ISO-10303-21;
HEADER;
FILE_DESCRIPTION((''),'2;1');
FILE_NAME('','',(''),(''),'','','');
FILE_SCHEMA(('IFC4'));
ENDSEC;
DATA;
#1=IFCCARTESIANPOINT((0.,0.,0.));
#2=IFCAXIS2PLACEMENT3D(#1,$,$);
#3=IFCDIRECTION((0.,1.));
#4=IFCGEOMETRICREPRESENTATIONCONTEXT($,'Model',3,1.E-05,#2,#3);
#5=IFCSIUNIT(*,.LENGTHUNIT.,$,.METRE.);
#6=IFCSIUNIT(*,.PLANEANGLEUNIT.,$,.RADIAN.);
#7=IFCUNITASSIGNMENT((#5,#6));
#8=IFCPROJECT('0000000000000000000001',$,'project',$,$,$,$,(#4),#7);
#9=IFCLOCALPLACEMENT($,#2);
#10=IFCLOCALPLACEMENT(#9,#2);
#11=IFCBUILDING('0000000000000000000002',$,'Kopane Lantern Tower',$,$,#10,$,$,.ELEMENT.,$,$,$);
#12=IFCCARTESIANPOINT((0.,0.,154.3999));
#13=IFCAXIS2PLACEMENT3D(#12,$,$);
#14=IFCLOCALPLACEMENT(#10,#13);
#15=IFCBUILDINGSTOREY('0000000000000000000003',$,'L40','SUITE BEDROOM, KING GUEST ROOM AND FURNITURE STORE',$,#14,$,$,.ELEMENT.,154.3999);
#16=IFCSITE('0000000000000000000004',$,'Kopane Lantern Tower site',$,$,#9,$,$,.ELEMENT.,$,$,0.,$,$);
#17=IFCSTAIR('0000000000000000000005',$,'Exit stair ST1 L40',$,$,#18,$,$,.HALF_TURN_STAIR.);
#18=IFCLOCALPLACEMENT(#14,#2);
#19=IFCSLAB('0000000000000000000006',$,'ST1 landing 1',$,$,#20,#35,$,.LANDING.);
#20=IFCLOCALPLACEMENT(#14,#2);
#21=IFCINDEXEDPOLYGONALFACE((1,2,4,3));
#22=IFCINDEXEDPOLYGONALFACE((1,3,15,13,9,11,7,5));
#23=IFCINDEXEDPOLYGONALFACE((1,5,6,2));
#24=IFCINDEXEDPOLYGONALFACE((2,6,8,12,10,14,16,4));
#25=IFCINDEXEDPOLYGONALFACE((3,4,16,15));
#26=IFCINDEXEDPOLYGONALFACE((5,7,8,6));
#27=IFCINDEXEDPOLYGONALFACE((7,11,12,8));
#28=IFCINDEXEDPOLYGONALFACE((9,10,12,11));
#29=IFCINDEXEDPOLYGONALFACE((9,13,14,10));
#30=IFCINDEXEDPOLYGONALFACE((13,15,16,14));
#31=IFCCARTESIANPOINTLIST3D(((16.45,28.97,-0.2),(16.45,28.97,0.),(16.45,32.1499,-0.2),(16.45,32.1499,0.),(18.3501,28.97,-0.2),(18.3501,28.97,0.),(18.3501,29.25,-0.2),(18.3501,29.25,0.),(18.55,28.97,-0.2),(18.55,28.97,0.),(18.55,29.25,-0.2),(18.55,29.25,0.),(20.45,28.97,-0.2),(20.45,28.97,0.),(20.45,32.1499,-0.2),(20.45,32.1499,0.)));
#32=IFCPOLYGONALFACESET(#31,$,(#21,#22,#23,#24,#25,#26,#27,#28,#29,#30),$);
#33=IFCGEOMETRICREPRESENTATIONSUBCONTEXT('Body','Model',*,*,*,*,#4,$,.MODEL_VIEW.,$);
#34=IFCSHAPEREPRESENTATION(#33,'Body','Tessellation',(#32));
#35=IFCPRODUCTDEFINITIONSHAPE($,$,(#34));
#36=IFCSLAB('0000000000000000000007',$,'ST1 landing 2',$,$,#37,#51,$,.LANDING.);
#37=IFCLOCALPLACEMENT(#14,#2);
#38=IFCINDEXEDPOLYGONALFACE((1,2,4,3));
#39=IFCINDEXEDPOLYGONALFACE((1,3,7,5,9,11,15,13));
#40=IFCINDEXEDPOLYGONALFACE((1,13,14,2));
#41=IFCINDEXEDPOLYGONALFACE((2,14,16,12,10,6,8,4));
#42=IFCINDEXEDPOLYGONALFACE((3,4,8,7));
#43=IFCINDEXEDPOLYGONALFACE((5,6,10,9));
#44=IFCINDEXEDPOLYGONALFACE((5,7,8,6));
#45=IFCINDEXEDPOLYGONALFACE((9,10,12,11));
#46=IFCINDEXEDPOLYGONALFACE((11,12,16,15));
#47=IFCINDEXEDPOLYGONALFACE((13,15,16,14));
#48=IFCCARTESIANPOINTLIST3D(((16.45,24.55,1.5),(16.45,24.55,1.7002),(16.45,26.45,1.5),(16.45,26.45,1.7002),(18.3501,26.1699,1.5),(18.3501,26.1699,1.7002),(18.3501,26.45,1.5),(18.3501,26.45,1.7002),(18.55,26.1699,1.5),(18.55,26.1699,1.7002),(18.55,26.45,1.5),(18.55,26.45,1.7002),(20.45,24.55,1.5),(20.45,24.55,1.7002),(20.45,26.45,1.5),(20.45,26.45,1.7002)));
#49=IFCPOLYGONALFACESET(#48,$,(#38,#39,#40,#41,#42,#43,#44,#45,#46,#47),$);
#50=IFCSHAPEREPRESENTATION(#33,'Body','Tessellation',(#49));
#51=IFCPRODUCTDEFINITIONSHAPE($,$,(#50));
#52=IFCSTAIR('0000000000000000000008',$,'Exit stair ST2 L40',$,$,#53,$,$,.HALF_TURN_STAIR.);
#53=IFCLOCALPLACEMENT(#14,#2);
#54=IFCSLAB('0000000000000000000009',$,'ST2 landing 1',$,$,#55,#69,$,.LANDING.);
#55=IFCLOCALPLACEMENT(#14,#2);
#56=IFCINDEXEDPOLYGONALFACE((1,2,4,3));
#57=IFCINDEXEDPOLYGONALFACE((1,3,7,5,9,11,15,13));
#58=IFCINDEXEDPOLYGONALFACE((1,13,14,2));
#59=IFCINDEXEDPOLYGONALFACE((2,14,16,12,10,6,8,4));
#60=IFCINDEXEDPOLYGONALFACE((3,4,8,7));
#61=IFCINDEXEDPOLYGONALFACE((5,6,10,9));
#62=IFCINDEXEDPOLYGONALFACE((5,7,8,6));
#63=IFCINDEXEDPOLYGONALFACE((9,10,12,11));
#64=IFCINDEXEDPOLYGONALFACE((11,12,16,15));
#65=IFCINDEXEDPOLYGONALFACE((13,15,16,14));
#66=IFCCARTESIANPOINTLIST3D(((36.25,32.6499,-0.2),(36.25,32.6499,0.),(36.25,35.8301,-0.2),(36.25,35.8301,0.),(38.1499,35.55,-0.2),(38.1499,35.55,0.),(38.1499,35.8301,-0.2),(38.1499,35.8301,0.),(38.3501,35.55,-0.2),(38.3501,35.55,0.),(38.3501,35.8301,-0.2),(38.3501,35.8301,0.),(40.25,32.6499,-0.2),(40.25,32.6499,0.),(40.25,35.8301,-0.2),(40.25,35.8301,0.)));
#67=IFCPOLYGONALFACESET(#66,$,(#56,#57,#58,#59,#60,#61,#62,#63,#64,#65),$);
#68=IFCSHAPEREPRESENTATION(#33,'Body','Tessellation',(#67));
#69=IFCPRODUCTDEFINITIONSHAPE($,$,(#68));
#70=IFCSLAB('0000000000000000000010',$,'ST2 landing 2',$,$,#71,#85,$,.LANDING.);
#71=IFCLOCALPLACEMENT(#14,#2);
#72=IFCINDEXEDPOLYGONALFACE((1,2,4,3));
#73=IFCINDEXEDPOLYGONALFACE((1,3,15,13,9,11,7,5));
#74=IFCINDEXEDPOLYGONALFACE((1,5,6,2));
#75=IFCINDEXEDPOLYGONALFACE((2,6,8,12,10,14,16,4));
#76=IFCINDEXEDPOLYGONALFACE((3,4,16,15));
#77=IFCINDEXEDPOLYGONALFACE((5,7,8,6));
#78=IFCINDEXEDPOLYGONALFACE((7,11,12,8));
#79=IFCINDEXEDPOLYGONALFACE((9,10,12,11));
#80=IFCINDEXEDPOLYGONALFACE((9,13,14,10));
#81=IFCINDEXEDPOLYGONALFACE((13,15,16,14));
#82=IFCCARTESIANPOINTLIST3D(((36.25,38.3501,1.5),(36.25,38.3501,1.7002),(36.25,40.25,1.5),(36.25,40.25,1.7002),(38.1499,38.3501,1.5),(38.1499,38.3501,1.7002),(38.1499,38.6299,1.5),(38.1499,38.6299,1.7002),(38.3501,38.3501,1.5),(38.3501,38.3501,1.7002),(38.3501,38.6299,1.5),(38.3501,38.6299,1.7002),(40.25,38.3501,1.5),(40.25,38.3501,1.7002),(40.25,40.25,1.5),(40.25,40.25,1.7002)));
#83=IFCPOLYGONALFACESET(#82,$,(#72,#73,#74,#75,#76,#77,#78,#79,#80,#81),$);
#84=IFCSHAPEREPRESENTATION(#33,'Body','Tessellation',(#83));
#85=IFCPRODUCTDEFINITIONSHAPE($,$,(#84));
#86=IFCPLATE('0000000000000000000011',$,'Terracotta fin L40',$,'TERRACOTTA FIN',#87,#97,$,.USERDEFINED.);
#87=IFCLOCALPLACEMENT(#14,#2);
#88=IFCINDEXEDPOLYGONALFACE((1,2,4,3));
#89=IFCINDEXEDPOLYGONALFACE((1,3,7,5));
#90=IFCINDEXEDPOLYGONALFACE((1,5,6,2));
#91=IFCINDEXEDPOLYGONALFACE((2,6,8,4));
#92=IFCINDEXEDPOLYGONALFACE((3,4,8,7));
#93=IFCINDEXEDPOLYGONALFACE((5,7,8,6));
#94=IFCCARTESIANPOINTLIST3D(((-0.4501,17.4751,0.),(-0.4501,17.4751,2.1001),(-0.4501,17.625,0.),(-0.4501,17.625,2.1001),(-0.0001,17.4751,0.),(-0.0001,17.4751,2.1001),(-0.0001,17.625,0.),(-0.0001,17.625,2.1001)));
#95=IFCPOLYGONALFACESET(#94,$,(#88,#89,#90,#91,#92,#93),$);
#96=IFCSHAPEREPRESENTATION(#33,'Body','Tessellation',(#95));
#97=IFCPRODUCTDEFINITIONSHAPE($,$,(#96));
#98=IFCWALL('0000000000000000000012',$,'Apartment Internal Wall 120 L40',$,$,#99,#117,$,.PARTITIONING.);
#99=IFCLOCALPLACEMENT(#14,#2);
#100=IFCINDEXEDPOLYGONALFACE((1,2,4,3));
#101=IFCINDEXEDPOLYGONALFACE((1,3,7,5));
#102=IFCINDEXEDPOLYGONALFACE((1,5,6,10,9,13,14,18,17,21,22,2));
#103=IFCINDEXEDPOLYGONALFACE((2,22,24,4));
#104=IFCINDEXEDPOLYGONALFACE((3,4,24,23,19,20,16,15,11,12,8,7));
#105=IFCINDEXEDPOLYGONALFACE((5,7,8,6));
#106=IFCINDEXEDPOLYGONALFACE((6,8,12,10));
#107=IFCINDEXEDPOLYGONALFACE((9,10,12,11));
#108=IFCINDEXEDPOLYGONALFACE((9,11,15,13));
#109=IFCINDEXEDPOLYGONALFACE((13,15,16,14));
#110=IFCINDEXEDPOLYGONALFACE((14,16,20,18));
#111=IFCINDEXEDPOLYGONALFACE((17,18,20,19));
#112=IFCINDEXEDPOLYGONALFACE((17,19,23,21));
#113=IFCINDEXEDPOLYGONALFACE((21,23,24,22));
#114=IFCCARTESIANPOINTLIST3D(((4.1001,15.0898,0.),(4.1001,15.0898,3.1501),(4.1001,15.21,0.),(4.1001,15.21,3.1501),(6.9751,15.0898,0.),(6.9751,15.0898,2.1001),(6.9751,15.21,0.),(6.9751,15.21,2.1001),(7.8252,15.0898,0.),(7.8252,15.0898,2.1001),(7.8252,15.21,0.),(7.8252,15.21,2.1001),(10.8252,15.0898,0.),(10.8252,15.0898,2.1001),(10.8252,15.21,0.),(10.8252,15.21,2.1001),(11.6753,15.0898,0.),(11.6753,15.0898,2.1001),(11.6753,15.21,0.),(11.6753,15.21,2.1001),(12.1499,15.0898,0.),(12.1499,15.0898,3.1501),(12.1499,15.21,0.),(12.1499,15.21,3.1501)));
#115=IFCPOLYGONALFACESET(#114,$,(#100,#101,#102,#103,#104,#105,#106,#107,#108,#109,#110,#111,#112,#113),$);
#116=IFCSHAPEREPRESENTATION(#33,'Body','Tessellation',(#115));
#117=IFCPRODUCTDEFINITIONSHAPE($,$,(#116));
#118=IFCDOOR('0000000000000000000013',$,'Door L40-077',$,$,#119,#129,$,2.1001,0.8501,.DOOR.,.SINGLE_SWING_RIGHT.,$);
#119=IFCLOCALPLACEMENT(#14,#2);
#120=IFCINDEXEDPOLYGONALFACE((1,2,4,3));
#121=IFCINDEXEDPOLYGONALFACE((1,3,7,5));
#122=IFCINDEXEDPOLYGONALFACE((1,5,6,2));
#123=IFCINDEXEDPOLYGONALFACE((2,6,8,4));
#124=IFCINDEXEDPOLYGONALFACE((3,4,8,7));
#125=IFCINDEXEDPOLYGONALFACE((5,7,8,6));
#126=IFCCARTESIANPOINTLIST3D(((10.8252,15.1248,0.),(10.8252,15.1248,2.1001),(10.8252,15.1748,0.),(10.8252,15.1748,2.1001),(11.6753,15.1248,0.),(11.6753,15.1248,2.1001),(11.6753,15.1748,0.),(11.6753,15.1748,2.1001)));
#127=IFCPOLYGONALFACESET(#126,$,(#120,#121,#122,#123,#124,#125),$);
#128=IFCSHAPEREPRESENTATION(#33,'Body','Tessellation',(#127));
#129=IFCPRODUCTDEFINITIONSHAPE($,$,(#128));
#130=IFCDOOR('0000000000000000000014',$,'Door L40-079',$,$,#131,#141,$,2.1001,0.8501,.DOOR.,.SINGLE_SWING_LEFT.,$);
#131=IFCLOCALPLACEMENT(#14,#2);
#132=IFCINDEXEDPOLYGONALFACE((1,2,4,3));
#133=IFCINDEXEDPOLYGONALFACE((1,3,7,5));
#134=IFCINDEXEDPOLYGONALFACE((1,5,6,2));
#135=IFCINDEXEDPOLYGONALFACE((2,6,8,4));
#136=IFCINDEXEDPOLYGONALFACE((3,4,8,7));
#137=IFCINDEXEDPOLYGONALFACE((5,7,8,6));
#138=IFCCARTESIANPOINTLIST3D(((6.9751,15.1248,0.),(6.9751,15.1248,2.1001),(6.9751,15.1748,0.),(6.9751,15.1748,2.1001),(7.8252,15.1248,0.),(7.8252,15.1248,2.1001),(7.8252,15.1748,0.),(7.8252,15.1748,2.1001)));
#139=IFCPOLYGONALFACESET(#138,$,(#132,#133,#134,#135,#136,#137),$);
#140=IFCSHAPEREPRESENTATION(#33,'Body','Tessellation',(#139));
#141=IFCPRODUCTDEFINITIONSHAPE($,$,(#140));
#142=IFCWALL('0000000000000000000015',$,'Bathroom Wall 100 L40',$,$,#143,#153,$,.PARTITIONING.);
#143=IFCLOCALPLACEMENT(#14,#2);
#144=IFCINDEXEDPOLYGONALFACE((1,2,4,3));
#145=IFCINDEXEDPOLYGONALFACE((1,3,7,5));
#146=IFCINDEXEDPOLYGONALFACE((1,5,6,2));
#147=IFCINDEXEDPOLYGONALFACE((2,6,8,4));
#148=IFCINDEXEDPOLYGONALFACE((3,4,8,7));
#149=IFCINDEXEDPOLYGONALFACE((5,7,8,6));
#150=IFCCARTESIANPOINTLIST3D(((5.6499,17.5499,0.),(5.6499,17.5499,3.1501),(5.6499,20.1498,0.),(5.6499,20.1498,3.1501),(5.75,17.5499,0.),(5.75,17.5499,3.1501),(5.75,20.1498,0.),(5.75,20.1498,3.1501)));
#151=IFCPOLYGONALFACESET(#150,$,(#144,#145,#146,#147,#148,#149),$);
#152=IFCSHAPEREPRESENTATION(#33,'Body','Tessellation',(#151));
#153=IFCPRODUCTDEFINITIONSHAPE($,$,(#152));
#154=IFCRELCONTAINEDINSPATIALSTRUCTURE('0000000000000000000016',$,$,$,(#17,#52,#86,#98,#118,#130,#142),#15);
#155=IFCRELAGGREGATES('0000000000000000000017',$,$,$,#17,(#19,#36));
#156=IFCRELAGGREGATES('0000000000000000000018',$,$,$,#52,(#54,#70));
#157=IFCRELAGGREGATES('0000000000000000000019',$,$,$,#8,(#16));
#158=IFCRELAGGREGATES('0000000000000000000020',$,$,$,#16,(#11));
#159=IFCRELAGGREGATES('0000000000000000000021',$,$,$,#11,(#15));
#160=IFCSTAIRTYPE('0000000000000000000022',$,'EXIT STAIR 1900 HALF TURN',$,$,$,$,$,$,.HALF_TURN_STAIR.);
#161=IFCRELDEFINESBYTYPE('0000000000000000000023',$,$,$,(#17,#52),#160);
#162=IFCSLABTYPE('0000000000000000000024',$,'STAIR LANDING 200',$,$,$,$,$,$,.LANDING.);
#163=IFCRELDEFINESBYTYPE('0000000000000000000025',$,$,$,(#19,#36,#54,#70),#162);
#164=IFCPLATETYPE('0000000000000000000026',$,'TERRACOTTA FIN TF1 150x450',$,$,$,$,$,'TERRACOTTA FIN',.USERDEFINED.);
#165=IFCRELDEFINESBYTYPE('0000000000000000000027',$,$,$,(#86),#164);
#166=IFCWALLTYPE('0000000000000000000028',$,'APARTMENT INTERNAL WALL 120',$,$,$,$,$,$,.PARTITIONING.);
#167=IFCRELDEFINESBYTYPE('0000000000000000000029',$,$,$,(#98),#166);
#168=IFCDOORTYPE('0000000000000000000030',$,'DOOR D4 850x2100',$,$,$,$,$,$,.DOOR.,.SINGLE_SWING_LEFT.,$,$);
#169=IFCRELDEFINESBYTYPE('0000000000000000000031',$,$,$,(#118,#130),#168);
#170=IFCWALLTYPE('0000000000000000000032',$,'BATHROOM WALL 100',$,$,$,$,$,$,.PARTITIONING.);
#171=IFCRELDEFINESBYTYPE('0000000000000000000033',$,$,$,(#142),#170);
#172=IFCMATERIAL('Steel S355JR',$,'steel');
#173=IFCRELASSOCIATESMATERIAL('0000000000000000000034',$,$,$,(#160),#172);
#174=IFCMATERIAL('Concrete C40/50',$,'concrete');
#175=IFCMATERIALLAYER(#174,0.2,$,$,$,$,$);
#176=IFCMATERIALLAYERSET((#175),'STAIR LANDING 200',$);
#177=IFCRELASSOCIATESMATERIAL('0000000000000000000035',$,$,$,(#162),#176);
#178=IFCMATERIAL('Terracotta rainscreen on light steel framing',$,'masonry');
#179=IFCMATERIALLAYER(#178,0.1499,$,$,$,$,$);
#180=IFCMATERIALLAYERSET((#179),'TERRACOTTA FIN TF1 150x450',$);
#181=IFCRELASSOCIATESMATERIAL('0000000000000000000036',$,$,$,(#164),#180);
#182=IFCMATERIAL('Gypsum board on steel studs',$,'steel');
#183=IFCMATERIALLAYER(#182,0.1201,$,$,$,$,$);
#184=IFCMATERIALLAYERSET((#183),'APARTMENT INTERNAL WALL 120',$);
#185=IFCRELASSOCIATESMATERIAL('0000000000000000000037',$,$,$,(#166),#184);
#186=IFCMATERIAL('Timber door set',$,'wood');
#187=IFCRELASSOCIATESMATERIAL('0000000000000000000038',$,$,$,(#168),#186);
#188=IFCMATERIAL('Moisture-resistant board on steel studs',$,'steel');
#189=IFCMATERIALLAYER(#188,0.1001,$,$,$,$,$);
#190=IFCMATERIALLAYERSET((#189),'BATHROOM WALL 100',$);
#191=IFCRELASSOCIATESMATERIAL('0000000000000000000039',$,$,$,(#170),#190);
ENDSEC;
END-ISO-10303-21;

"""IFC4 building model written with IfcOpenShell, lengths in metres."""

from ifc_helpers import new_model, si_unit, direction, frame, frame_2d, origin, origin_2d, place, context, subcontext, project, spatial, polyline, rectangle, outline, extrude, material, layer, layer_set, type_object, element, fill, aggregate, save


model = new_model("IFC4")

# Units and contexts
model_context = context("Model", 3, precision=1e-05, world=origin(), true_north=direction((0.0, 1.0)))
body_context = subcontext(model_context, "Body", "Model", "MODEL_VIEW")
ifc_project = project(units=[si_unit("LENGTHUNIT", "METRE"), si_unit("PLANEANGLEUNIT", "RADIAN")], contexts=[model_context])

# Site, building, storey
site_placement = place(None, origin())
site = spatial("IfcSite", under=ifc_project, at=site_placement, Name="Kopane Lantern Tower site", CompositionType="ELEMENT", RefElevation=0.0)
building_placement = place(site_placement, origin())
building = spatial("IfcBuilding", under=site, at=building_placement, Name="Kopane Lantern Tower", CompositionType="ELEMENT")
storey_placement = place(building_placement, frame((0.0, 0.0, 154.3999)))
storey = spatial("IfcBuildingStorey", under=building, at=storey_placement, Name="L40", Description="SUITE BEDROOM, KING GUEST ROOM AND FURNITURE STORE", CompositionType="ELEMENT", Elevation=154.3999)

# Stairs, slabs
ifc_material_1 = material(Name="Steel S355JR", Category="steel")
stair_type = type_object("IfcStairType", Name="EXIT STAIR 1900 HALF TURN", PredefinedType="HALF_TURN_STAIR", material=ifc_material_1)
stair_1_placement = place(storey_placement, origin())
stair_1 = element("IfcStair", 1, at=stair_1_placement, inside=storey, type_object=stair_type, Name="Exit stair ST1 L40", PredefinedType="HALF_TURN_STAIR")
ifc_material_2 = material(Name="Concrete C40/50", Category="concrete")
ifc_layer_1 = layer(ifc_material_2, 0.2)
ifc_layer_set_1 = layer_set([ifc_layer_1], Name="STAIR LANDING 200")
slab_type_1 = type_object("IfcSlabType", Name="STAIR LANDING 200", PredefinedType="LANDING", material=ifc_layer_set_1)
slab_1_placement = place(storey_placement, frame((0.0, 0.0, -0.2)))
slab_1 = element("IfcSlab", 2, at=slab_1_placement, type_object=slab_type_1, Name="ST1 landing 1", PredefinedType="LANDING", context=body_context, shape_type="SweptSolid", body=[
    extrude(outline(polyline([(18.3501, 29.25), (18.55, 29.25), (18.55, 28.97), (20.45, 28.97), (20.45, 32.1499), (16.45, 32.1499), (16.45, 28.97), (18.3501, 28.97), (18.3501, 29.25)])), origin(), (0.0, 0.0, 1.0), 0.2),
])
slab_2_placement = place(storey_placement, frame((0.0, 0.0, 1.5)))
slab_2 = element("IfcSlab", 3, at=slab_2_placement, type_object=slab_type_1, Name="ST1 landing 2", PredefinedType="LANDING", context=body_context, shape_type="SweptSolid", body=[
    extrude(outline(polyline([(20.45, 26.45), (18.55, 26.45), (18.55, 26.1699), (18.3501, 26.1699), (18.3501, 26.45), (16.45, 26.45), (16.45, 24.55), (20.45, 24.55), (20.45, 26.45)])), origin(), (0.0, 0.0, 1.0), 0.2002),
])
aggregate(stair_1, [slab_1, slab_2])
stair_2_placement = place(storey_placement, origin())
stair_2 = element("IfcStair", 4, at=stair_2_placement, inside=storey, type_object=stair_type, Name="Exit stair ST2 L40", PredefinedType="HALF_TURN_STAIR")
slab_3_placement = place(storey_placement, frame((0.0, 0.0, -0.2)))
slab_3 = element("IfcSlab", 5, at=slab_3_placement, type_object=slab_type_1, Name="ST2 landing 1", PredefinedType="LANDING", context=body_context, shape_type="SweptSolid", body=[
    extrude(outline(polyline([(40.25, 35.8301), (38.3501, 35.8301), (38.3501, 35.55), (38.1499, 35.55), (38.1499, 35.8301), (36.25, 35.8301), (36.25, 32.6499), (40.25, 32.6499), (40.25, 35.8301)])), origin(), (0.0, 0.0, 1.0), 0.2),
])
slab_4_placement = place(storey_placement, frame((0.0, 0.0, 1.5)))
slab_4 = element("IfcSlab", 6, at=slab_4_placement, type_object=slab_type_1, Name="ST2 landing 2", PredefinedType="LANDING", context=body_context, shape_type="SweptSolid", body=[
    extrude(outline(polyline([(38.1499, 38.6299), (38.3501, 38.6299), (38.3501, 38.3501), (40.25, 38.3501), (40.25, 40.25), (36.25, 40.25), (36.25, 38.3501), (38.1499, 38.3501), (38.1499, 38.6299)])), origin(), (0.0, 0.0, 1.0), 0.2002),
])
aggregate(stair_2, [slab_3, slab_4])

# Plate
ifc_material_3 = material(Name="Terracotta rainscreen on light steel framing", Category="masonry")
ifc_layer_2 = layer(ifc_material_3, 0.1499)
ifc_layer_set_2 = layer_set([ifc_layer_2], Name="TERRACOTTA FIN TF1 150x450")
plate_type = type_object("IfcPlateType", Name="TERRACOTTA FIN TF1 150x450", ElementType="TERRACOTTA FIN", PredefinedType="USERDEFINED", material=ifc_layer_set_2)
plate_placement = place(storey_placement, frame((-0.2251, 17.55, 0.0), z_axis=(0.0, 0.0, 1.0), x_axis=(0.0, -1.0, 0.0)))
element("IfcPlate", 7, at=plate_placement, inside=storey, type_object=plate_type, Name="Terracotta fin L40", ObjectType="TERRACOTTA FIN", PredefinedType="USERDEFINED", context=body_context, shape_type="SweptSolid", body=[
    extrude(rectangle(XDim=0.1499, YDim=0.45, at=origin_2d()), origin(), (0.0, 0.0, 1.0), 2.1001),
])

# Wall, openings, doors
ifc_material_4 = material(Name="Gypsum board on steel studs", Category="steel")
ifc_layer_3 = layer(ifc_material_4, 0.1201)
ifc_layer_set_3 = layer_set([ifc_layer_3], Name="APARTMENT INTERNAL WALL 120")
wall_type_1 = type_object("IfcWallType", Name="APARTMENT INTERNAL WALL 120", PredefinedType="PARTITIONING", material=ifc_layer_set_3)
wall_1_placement = place(storey_placement, frame((4.1001, 15.1499, 0.0), z_axis=(0.0, 0.0, 1.0), x_axis=(1.0, 0.0, 0.0)))
wall_1 = element("IfcWall", 8, at=wall_1_placement, inside=storey, type_object=wall_type_1, Name="Apartment Internal Wall 120 L40", PredefinedType="PARTITIONING", context=body_context, shape_type="SweptSolid", body=[
    extrude(rectangle(XDim=8.0498, YDim=0.1201, at=frame_2d((4.0249, 0.0))), origin(), (0.0, 0.0, 1.0), 3.1501),
])
opening_1_placement = place(wall_1_placement, frame((6.7251, 0.0, 0.0)))
opening_1 = element("IfcOpeningElement", 9, at=opening_1_placement, cuts=wall_1, PredefinedType="OPENING", context=body_context, shape_type="SweptSolid", body=[
    extrude(rectangle(XDim=0.8501, YDim=2.1001, at=frame_2d((0.425, 1.05))), frame((0.0, 0.0701, 0.0), z_axis=(0.0, -1.0, 0.0), x_axis=(1.0, 0.0, 0.0)), (0.0, 0.0, 1.0), 0.1401),
])
opening_2_placement = place(wall_1_placement, frame((2.875, 0.0, 0.0)))
opening_2 = element("IfcOpeningElement", 10, at=opening_2_placement, cuts=wall_1, PredefinedType="OPENING", context=body_context, shape_type="SweptSolid", body=[
    extrude(rectangle(XDim=0.8501, YDim=2.1001, at=frame_2d((0.425, 1.05))), frame((0.0, 0.0701, 0.0), z_axis=(0.0, -1.0, 0.0), x_axis=(1.0, 0.0, 0.0)), (0.0, 0.0, 1.0), 0.1401),
])
ifc_material_5 = material(Name="Timber door set", Category="wood")
door_type_1 = type_object("IfcDoorType", Name="DOOR D4 850x2100", OperationType="SINGLE_SWING_LEFT", PredefinedType="DOOR", material=ifc_material_5)
door_1_placement = place(opening_1_placement, origin())
door_1 = element("IfcDoor", 11, at=door_1_placement, inside=storey, type_object=door_type_1, Name="Door L40-077", OperationType="SINGLE_SWING_RIGHT", OverallHeight=2.1001, OverallWidth=0.8501, PredefinedType="DOOR", context=body_context, shape_type="SweptSolid", body=[
    extrude(rectangle(XDim=0.8501, YDim=2.1001, at=frame_2d((0.425, 1.05))), frame((0.0, 0.0249, 0.0), z_axis=(0.0, -1.0, 0.0), x_axis=(1.0, 0.0, 0.0)), (0.0, 0.0, 1.0), 0.05),
])
fill(opening_1, door_1)
door_2_placement = place(opening_2_placement, origin())
door_2 = element("IfcDoor", 12, at=door_2_placement, inside=storey, type_object=door_type_1, Name="Door L40-079", OperationType="SINGLE_SWING_LEFT", OverallHeight=2.1001, OverallWidth=0.8501, PredefinedType="DOOR", context=body_context, shape_type="SweptSolid", body=[
    extrude(rectangle(XDim=0.8501, YDim=2.1001, at=frame_2d((0.425, 1.05))), frame((0.0, 0.0249, 0.0), z_axis=(0.0, -1.0, 0.0), x_axis=(1.0, 0.0, 0.0)), (0.0, 0.0, 1.0), 0.05),
])
fill(opening_2, door_2)

# Wall
ifc_material_6 = material(Name="Moisture-resistant board on steel studs", Category="steel")
ifc_layer_4 = layer(ifc_material_6, 0.1001)
ifc_layer_set_4 = layer_set([ifc_layer_4], Name="BATHROOM WALL 100")
wall_type_2 = type_object("IfcWallType", Name="BATHROOM WALL 100", PredefinedType="PARTITIONING", material=ifc_layer_set_4)
wall_2_placement = place(storey_placement, frame((5.7, 17.55, 0.0), z_axis=(0.0, 0.0, 1.0), x_axis=(0.0, 1.0, 0.0)))
element("IfcWall", 13, at=wall_2_placement, inside=storey, type_object=wall_type_2, Name="Bathroom Wall 100 L40", PredefinedType="PARTITIONING", context=body_context, shape_type="SweptSolid", body=[
    extrude(rectangle(XDim=2.5999, YDim=0.1001, at=frame_2d((1.2998, 0.0))), origin(), (0.0, 0.0, 1.0), 3.1501),
])

save(model, "model.ifc")
